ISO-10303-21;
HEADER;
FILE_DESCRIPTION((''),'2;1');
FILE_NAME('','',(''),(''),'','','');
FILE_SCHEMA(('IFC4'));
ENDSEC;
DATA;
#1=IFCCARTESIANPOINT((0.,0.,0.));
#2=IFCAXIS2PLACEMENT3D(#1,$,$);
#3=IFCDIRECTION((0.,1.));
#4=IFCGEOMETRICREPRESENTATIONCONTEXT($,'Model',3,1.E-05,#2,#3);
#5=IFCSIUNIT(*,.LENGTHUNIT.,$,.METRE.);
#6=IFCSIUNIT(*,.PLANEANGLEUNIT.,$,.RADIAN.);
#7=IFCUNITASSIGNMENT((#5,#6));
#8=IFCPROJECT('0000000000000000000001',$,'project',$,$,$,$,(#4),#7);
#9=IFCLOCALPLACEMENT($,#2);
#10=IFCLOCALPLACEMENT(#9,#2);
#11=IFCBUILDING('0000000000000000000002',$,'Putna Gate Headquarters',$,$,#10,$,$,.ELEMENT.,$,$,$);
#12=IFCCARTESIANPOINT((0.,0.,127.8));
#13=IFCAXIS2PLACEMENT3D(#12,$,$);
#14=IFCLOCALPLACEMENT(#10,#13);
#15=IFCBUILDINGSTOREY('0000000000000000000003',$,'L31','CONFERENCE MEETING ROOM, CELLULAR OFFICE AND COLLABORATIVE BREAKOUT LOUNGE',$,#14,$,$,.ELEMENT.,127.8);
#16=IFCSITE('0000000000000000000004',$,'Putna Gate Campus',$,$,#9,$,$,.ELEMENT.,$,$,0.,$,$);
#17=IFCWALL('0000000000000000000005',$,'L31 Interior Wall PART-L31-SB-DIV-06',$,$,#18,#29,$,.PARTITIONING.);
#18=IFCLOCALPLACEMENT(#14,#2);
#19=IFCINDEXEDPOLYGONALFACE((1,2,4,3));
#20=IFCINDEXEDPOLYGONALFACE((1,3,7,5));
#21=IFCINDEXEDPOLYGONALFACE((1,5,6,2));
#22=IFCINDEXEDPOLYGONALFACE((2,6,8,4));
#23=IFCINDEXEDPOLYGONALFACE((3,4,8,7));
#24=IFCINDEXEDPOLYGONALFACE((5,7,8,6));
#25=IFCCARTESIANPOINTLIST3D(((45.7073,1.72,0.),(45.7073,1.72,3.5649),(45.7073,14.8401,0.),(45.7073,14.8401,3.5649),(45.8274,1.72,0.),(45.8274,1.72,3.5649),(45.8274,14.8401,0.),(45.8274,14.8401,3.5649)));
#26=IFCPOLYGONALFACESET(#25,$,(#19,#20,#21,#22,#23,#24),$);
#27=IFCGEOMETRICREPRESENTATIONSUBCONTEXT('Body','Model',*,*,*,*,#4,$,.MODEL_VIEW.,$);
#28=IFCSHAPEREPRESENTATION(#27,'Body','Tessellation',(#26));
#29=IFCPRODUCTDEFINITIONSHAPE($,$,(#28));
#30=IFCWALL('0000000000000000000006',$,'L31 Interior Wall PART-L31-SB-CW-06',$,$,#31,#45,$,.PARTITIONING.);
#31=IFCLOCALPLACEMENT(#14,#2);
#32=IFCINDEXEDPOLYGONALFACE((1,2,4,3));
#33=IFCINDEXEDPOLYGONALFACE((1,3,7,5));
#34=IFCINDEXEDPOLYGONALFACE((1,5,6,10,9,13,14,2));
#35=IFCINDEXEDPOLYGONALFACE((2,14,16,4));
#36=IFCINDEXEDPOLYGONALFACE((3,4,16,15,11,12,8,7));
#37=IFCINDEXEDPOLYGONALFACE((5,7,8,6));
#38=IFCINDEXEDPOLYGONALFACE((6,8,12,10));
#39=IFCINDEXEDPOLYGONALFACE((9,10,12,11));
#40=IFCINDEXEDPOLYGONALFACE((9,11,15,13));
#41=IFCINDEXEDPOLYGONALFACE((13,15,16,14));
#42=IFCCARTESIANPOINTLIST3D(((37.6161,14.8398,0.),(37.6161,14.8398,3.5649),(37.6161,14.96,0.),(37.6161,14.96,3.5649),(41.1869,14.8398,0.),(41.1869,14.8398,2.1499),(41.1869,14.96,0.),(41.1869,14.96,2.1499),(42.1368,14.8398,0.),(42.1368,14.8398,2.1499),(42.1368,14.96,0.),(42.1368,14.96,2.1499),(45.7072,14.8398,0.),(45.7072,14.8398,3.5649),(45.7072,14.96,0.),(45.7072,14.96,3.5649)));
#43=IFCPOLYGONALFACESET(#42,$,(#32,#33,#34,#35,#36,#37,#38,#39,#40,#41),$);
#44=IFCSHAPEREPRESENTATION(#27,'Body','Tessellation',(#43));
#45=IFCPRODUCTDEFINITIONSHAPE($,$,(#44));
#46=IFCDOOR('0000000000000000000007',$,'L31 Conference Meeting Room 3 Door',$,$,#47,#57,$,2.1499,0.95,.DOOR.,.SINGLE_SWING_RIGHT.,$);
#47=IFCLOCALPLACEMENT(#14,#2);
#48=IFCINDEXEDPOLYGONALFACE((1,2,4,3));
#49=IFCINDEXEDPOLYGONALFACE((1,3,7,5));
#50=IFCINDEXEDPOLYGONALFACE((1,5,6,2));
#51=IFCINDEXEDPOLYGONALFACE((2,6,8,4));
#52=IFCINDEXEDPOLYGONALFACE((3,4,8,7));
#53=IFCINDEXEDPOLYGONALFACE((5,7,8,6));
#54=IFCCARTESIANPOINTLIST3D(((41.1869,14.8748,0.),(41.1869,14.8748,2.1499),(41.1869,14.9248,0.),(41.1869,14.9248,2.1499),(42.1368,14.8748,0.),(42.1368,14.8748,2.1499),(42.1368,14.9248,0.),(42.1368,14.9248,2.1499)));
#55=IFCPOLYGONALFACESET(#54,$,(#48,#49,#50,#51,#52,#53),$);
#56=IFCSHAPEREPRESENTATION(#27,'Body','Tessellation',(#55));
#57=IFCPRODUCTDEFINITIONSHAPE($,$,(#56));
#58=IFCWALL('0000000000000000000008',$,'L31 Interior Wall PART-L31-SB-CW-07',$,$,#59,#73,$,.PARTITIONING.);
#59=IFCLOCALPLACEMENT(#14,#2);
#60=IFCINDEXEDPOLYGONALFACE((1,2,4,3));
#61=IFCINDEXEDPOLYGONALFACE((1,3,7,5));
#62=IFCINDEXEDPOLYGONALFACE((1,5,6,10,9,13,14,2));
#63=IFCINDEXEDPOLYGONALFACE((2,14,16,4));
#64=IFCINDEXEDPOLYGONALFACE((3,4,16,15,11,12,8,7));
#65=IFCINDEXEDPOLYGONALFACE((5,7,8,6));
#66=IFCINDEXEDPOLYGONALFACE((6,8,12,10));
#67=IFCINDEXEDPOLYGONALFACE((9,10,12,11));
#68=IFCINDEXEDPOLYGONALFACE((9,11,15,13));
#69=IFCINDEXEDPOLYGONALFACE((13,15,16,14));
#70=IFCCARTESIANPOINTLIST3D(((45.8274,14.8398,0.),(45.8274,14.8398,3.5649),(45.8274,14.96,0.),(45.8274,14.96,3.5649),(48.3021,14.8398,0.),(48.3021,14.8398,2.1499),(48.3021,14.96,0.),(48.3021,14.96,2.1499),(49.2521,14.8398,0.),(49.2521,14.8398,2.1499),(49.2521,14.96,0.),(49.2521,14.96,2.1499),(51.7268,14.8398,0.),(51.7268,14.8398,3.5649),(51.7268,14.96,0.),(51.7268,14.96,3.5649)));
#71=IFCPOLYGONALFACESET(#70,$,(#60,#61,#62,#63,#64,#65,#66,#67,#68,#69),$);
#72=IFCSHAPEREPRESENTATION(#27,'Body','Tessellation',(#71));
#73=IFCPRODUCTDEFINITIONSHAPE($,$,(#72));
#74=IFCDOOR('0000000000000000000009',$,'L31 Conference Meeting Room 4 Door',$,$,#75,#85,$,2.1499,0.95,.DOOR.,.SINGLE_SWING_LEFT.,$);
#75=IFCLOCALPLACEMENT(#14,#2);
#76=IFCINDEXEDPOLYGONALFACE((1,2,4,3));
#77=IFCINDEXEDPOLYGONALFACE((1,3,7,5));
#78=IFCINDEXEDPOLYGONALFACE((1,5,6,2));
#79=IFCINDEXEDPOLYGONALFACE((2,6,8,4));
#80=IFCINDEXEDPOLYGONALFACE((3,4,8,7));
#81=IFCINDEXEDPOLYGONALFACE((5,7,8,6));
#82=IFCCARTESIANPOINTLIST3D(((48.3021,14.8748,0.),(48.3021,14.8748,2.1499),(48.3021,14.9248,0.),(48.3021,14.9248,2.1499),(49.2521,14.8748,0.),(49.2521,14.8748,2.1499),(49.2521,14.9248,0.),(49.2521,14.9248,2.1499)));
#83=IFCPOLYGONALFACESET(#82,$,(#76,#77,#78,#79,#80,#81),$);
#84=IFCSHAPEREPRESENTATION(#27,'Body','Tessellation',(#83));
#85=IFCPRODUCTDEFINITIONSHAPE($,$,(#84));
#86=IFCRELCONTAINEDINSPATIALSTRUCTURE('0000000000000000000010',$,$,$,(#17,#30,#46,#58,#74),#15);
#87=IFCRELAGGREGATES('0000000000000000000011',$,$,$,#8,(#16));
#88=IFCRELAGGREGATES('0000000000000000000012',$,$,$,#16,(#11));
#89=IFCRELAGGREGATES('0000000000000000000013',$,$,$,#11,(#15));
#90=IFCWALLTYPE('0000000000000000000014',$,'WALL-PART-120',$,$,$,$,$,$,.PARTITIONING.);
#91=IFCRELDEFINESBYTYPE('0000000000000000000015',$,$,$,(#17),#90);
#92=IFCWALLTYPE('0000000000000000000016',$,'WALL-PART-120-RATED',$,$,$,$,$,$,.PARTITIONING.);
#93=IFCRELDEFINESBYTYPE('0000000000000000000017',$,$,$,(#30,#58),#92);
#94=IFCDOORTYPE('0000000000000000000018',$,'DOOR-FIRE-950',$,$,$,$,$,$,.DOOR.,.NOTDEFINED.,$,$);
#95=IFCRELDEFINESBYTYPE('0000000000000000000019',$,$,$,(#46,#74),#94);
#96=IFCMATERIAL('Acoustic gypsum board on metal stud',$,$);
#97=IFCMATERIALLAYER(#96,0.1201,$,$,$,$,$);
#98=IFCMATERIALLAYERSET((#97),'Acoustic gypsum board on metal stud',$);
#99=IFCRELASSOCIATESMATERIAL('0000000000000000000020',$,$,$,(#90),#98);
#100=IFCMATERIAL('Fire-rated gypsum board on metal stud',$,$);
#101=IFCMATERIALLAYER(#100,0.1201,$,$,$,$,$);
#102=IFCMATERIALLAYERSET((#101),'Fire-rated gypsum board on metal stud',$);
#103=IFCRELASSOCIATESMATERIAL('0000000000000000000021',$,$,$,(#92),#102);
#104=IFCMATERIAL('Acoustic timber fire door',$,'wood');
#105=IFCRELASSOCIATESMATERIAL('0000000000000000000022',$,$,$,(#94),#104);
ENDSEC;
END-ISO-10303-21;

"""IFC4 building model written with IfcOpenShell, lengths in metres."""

from ifc_helpers import new_model, si_unit, direction, frame, frame_2d, origin, place, context, subcontext, project, spatial, rectangle, extrude, material, layer, layer_set, type_object, element, fill, save


model = new_model("IFC4")

# Units and contexts
model_context = context("Model", 3, precision=1e-05, world=origin(), true_north=direction((0.0, 1.0)))
body_context = subcontext(model_context, "Body", "Model", "MODEL_VIEW")
ifc_project = project(units=[si_unit("LENGTHUNIT", "METRE"), si_unit("PLANEANGLEUNIT", "RADIAN")], contexts=[model_context])

# Site, building, storey
site_placement = place(None, origin())
site = spatial("IfcSite", under=ifc_project, at=site_placement, Name="Putna Gate Campus", CompositionType="ELEMENT", RefElevation=0.0)
building_placement = place(site_placement, origin())
building = spatial("IfcBuilding", under=site, at=building_placement, Name="Putna Gate Headquarters", CompositionType="ELEMENT")
storey_placement = place(building_placement, frame((0.0, 0.0, 127.8)))
storey = spatial("IfcBuildingStorey", under=building, at=storey_placement, Name="L31", Description="CONFERENCE MEETING ROOM, CELLULAR OFFICE AND COLLABORATIVE BREAKOUT LOUNGE", CompositionType="ELEMENT", Elevation=127.8)

# Wall
ifc_material_1 = material(Name="Acoustic gypsum board on metal stud")
ifc_layer_1 = layer(ifc_material_1, 0.1201)
ifc_layer_set_1 = layer_set([ifc_layer_1], Name="Acoustic gypsum board on metal stud")
wall_type_1 = type_object("IfcWallType", Name="WALL-PART-120", PredefinedType="PARTITIONING", material=ifc_layer_set_1)
for number, where, z_axis, x_axis, name in (
    (1, (45.7673, 1.72, 0.0), (0.0, 0.0, 1.0), (0.0, 1.0, 0.0), "L31 Interior Wall PART-L31-SB-DIV-06"),
):
    element("IfcWall", number, at=place(storey_placement, frame(where, z_axis=z_axis, x_axis=x_axis)), inside=storey, type_object=wall_type_1, Name=name, PredefinedType="PARTITIONING", context=body_context, shape_type="SweptSolid", body=[
        extrude(rectangle(XDim=13.1201, YDim=0.1201, at=frame_2d((6.5601, 0.0))), origin(), (0.0, 0.0, 1.0), 3.5649),
    ])

# Walls, openings, doors
ifc_material_2 = material(Name="Fire-rated gypsum board on metal stud")
ifc_layer_2 = layer(ifc_material_2, 0.1201)
ifc_layer_set_2 = layer_set([ifc_layer_2], Name="Fire-rated gypsum board on metal stud")
wall_type_2 = type_object("IfcWallType", Name="WALL-PART-120-RATED", PredefinedType="PARTITIONING", material=ifc_layer_set_2)
wall_1_placement = place(storey_placement, frame((37.6162, 14.8999, 0.0), z_axis=(0.0, 0.0, 1.0), x_axis=(1.0, 0.0, 0.0)))
wall_1 = element("IfcWall", 2, at=wall_1_placement, inside=storey, type_object=wall_type_2, Name="L31 Interior Wall PART-L31-SB-CW-06", PredefinedType="PARTITIONING", context=body_context, shape_type="SweptSolid", body=[
    extrude(rectangle(XDim=8.0911, YDim=0.1201, at=frame_2d((4.0454, 0.0))), origin(), (0.0, 0.0, 1.0), 3.5649),
])
opening_1_placement = place(wall_1_placement, frame((3.5706, 0.0, 0.0)))
opening_1 = element("IfcOpeningElement", 3, at=opening_1_placement, cuts=wall_1, PredefinedType="OPENING", context=body_context, shape_type="SweptSolid", body=[
    extrude(rectangle(XDim=0.95, YDim=2.1499, at=frame_2d((0.4751, 1.075))), frame((0.0, 0.0701, 0.0), z_axis=(0.0, -1.0, 0.0), x_axis=(1.0, 0.0, 0.0)), (0.0, 0.0, 1.0), 0.1401),
])
ifc_material_3 = material(Name="Acoustic timber fire door", Category="wood")
door_type = type_object("IfcDoorType", Name="DOOR-FIRE-950", OperationType="NOTDEFINED", PredefinedType="DOOR", material=ifc_material_3)
door_1_placement = place(opening_1_placement, origin())
door_1 = element("IfcDoor", 4, at=door_1_placement, inside=storey, type_object=door_type, Name="L31 Conference Meeting Room 3 Door", OperationType="SINGLE_SWING_RIGHT", OverallHeight=2.1499, OverallWidth=0.95, PredefinedType="DOOR", context=body_context, shape_type="SweptSolid", body=[
    extrude(rectangle(XDim=0.95, YDim=2.1499, at=frame_2d((0.4751, 1.075))), frame((0.0, 0.0249, 0.0), z_axis=(0.0, -1.0, 0.0), x_axis=(1.0, 0.0, 0.0)), (0.0, 0.0, 1.0), 0.05),
])
fill(opening_1, door_1)
wall_2_placement = place(storey_placement, frame((45.8274, 14.8999, 0.0), z_axis=(0.0, 0.0, 1.0), x_axis=(1.0, 0.0, 0.0)))
wall_2 = element("IfcWall", 5, at=wall_2_placement, inside=storey, type_object=wall_type_2, Name="L31 Interior Wall PART-L31-SB-CW-07", PredefinedType="PARTITIONING", context=body_context, shape_type="SweptSolid", body=[
    extrude(rectangle(XDim=5.8994, YDim=0.1201, at=frame_2d((2.9497, 0.0))), origin(), (0.0, 0.0, 1.0), 3.5649),
])
opening_2_placement = place(wall_2_placement, frame((2.4746, 0.0, 0.0)))
opening_2 = element("IfcOpeningElement", 6, at=opening_2_placement, cuts=wall_2, PredefinedType="OPENING", context=body_context, shape_type="SweptSolid", body=[
    extrude(rectangle(XDim=0.95, YDim=2.1499, at=frame_2d((0.4751, 1.075))), frame((0.0, 0.0701, 0.0), z_axis=(0.0, -1.0, 0.0), x_axis=(1.0, 0.0, 0.0)), (0.0, 0.0, 1.0), 0.1401),
])
door_2_placement = place(opening_2_placement, origin())
door_2 = element("IfcDoor", 7, at=door_2_placement, inside=storey, type_object=door_type, Name="L31 Conference Meeting Room 4 Door", OperationType="SINGLE_SWING_LEFT", OverallHeight=2.1499, OverallWidth=0.95, PredefinedType="DOOR", context=body_context, shape_type="SweptSolid", body=[
    extrude(rectangle(XDim=0.95, YDim=2.1499, at=frame_2d((0.4751, 1.075))), frame((0.0, 0.0249, 0.0), z_axis=(0.0, -1.0, 0.0), x_axis=(1.0, 0.0, 0.0)), (0.0, 0.0, 1.0), 0.05),
])
fill(opening_2, door_2)

save(model, "model.ifc")
